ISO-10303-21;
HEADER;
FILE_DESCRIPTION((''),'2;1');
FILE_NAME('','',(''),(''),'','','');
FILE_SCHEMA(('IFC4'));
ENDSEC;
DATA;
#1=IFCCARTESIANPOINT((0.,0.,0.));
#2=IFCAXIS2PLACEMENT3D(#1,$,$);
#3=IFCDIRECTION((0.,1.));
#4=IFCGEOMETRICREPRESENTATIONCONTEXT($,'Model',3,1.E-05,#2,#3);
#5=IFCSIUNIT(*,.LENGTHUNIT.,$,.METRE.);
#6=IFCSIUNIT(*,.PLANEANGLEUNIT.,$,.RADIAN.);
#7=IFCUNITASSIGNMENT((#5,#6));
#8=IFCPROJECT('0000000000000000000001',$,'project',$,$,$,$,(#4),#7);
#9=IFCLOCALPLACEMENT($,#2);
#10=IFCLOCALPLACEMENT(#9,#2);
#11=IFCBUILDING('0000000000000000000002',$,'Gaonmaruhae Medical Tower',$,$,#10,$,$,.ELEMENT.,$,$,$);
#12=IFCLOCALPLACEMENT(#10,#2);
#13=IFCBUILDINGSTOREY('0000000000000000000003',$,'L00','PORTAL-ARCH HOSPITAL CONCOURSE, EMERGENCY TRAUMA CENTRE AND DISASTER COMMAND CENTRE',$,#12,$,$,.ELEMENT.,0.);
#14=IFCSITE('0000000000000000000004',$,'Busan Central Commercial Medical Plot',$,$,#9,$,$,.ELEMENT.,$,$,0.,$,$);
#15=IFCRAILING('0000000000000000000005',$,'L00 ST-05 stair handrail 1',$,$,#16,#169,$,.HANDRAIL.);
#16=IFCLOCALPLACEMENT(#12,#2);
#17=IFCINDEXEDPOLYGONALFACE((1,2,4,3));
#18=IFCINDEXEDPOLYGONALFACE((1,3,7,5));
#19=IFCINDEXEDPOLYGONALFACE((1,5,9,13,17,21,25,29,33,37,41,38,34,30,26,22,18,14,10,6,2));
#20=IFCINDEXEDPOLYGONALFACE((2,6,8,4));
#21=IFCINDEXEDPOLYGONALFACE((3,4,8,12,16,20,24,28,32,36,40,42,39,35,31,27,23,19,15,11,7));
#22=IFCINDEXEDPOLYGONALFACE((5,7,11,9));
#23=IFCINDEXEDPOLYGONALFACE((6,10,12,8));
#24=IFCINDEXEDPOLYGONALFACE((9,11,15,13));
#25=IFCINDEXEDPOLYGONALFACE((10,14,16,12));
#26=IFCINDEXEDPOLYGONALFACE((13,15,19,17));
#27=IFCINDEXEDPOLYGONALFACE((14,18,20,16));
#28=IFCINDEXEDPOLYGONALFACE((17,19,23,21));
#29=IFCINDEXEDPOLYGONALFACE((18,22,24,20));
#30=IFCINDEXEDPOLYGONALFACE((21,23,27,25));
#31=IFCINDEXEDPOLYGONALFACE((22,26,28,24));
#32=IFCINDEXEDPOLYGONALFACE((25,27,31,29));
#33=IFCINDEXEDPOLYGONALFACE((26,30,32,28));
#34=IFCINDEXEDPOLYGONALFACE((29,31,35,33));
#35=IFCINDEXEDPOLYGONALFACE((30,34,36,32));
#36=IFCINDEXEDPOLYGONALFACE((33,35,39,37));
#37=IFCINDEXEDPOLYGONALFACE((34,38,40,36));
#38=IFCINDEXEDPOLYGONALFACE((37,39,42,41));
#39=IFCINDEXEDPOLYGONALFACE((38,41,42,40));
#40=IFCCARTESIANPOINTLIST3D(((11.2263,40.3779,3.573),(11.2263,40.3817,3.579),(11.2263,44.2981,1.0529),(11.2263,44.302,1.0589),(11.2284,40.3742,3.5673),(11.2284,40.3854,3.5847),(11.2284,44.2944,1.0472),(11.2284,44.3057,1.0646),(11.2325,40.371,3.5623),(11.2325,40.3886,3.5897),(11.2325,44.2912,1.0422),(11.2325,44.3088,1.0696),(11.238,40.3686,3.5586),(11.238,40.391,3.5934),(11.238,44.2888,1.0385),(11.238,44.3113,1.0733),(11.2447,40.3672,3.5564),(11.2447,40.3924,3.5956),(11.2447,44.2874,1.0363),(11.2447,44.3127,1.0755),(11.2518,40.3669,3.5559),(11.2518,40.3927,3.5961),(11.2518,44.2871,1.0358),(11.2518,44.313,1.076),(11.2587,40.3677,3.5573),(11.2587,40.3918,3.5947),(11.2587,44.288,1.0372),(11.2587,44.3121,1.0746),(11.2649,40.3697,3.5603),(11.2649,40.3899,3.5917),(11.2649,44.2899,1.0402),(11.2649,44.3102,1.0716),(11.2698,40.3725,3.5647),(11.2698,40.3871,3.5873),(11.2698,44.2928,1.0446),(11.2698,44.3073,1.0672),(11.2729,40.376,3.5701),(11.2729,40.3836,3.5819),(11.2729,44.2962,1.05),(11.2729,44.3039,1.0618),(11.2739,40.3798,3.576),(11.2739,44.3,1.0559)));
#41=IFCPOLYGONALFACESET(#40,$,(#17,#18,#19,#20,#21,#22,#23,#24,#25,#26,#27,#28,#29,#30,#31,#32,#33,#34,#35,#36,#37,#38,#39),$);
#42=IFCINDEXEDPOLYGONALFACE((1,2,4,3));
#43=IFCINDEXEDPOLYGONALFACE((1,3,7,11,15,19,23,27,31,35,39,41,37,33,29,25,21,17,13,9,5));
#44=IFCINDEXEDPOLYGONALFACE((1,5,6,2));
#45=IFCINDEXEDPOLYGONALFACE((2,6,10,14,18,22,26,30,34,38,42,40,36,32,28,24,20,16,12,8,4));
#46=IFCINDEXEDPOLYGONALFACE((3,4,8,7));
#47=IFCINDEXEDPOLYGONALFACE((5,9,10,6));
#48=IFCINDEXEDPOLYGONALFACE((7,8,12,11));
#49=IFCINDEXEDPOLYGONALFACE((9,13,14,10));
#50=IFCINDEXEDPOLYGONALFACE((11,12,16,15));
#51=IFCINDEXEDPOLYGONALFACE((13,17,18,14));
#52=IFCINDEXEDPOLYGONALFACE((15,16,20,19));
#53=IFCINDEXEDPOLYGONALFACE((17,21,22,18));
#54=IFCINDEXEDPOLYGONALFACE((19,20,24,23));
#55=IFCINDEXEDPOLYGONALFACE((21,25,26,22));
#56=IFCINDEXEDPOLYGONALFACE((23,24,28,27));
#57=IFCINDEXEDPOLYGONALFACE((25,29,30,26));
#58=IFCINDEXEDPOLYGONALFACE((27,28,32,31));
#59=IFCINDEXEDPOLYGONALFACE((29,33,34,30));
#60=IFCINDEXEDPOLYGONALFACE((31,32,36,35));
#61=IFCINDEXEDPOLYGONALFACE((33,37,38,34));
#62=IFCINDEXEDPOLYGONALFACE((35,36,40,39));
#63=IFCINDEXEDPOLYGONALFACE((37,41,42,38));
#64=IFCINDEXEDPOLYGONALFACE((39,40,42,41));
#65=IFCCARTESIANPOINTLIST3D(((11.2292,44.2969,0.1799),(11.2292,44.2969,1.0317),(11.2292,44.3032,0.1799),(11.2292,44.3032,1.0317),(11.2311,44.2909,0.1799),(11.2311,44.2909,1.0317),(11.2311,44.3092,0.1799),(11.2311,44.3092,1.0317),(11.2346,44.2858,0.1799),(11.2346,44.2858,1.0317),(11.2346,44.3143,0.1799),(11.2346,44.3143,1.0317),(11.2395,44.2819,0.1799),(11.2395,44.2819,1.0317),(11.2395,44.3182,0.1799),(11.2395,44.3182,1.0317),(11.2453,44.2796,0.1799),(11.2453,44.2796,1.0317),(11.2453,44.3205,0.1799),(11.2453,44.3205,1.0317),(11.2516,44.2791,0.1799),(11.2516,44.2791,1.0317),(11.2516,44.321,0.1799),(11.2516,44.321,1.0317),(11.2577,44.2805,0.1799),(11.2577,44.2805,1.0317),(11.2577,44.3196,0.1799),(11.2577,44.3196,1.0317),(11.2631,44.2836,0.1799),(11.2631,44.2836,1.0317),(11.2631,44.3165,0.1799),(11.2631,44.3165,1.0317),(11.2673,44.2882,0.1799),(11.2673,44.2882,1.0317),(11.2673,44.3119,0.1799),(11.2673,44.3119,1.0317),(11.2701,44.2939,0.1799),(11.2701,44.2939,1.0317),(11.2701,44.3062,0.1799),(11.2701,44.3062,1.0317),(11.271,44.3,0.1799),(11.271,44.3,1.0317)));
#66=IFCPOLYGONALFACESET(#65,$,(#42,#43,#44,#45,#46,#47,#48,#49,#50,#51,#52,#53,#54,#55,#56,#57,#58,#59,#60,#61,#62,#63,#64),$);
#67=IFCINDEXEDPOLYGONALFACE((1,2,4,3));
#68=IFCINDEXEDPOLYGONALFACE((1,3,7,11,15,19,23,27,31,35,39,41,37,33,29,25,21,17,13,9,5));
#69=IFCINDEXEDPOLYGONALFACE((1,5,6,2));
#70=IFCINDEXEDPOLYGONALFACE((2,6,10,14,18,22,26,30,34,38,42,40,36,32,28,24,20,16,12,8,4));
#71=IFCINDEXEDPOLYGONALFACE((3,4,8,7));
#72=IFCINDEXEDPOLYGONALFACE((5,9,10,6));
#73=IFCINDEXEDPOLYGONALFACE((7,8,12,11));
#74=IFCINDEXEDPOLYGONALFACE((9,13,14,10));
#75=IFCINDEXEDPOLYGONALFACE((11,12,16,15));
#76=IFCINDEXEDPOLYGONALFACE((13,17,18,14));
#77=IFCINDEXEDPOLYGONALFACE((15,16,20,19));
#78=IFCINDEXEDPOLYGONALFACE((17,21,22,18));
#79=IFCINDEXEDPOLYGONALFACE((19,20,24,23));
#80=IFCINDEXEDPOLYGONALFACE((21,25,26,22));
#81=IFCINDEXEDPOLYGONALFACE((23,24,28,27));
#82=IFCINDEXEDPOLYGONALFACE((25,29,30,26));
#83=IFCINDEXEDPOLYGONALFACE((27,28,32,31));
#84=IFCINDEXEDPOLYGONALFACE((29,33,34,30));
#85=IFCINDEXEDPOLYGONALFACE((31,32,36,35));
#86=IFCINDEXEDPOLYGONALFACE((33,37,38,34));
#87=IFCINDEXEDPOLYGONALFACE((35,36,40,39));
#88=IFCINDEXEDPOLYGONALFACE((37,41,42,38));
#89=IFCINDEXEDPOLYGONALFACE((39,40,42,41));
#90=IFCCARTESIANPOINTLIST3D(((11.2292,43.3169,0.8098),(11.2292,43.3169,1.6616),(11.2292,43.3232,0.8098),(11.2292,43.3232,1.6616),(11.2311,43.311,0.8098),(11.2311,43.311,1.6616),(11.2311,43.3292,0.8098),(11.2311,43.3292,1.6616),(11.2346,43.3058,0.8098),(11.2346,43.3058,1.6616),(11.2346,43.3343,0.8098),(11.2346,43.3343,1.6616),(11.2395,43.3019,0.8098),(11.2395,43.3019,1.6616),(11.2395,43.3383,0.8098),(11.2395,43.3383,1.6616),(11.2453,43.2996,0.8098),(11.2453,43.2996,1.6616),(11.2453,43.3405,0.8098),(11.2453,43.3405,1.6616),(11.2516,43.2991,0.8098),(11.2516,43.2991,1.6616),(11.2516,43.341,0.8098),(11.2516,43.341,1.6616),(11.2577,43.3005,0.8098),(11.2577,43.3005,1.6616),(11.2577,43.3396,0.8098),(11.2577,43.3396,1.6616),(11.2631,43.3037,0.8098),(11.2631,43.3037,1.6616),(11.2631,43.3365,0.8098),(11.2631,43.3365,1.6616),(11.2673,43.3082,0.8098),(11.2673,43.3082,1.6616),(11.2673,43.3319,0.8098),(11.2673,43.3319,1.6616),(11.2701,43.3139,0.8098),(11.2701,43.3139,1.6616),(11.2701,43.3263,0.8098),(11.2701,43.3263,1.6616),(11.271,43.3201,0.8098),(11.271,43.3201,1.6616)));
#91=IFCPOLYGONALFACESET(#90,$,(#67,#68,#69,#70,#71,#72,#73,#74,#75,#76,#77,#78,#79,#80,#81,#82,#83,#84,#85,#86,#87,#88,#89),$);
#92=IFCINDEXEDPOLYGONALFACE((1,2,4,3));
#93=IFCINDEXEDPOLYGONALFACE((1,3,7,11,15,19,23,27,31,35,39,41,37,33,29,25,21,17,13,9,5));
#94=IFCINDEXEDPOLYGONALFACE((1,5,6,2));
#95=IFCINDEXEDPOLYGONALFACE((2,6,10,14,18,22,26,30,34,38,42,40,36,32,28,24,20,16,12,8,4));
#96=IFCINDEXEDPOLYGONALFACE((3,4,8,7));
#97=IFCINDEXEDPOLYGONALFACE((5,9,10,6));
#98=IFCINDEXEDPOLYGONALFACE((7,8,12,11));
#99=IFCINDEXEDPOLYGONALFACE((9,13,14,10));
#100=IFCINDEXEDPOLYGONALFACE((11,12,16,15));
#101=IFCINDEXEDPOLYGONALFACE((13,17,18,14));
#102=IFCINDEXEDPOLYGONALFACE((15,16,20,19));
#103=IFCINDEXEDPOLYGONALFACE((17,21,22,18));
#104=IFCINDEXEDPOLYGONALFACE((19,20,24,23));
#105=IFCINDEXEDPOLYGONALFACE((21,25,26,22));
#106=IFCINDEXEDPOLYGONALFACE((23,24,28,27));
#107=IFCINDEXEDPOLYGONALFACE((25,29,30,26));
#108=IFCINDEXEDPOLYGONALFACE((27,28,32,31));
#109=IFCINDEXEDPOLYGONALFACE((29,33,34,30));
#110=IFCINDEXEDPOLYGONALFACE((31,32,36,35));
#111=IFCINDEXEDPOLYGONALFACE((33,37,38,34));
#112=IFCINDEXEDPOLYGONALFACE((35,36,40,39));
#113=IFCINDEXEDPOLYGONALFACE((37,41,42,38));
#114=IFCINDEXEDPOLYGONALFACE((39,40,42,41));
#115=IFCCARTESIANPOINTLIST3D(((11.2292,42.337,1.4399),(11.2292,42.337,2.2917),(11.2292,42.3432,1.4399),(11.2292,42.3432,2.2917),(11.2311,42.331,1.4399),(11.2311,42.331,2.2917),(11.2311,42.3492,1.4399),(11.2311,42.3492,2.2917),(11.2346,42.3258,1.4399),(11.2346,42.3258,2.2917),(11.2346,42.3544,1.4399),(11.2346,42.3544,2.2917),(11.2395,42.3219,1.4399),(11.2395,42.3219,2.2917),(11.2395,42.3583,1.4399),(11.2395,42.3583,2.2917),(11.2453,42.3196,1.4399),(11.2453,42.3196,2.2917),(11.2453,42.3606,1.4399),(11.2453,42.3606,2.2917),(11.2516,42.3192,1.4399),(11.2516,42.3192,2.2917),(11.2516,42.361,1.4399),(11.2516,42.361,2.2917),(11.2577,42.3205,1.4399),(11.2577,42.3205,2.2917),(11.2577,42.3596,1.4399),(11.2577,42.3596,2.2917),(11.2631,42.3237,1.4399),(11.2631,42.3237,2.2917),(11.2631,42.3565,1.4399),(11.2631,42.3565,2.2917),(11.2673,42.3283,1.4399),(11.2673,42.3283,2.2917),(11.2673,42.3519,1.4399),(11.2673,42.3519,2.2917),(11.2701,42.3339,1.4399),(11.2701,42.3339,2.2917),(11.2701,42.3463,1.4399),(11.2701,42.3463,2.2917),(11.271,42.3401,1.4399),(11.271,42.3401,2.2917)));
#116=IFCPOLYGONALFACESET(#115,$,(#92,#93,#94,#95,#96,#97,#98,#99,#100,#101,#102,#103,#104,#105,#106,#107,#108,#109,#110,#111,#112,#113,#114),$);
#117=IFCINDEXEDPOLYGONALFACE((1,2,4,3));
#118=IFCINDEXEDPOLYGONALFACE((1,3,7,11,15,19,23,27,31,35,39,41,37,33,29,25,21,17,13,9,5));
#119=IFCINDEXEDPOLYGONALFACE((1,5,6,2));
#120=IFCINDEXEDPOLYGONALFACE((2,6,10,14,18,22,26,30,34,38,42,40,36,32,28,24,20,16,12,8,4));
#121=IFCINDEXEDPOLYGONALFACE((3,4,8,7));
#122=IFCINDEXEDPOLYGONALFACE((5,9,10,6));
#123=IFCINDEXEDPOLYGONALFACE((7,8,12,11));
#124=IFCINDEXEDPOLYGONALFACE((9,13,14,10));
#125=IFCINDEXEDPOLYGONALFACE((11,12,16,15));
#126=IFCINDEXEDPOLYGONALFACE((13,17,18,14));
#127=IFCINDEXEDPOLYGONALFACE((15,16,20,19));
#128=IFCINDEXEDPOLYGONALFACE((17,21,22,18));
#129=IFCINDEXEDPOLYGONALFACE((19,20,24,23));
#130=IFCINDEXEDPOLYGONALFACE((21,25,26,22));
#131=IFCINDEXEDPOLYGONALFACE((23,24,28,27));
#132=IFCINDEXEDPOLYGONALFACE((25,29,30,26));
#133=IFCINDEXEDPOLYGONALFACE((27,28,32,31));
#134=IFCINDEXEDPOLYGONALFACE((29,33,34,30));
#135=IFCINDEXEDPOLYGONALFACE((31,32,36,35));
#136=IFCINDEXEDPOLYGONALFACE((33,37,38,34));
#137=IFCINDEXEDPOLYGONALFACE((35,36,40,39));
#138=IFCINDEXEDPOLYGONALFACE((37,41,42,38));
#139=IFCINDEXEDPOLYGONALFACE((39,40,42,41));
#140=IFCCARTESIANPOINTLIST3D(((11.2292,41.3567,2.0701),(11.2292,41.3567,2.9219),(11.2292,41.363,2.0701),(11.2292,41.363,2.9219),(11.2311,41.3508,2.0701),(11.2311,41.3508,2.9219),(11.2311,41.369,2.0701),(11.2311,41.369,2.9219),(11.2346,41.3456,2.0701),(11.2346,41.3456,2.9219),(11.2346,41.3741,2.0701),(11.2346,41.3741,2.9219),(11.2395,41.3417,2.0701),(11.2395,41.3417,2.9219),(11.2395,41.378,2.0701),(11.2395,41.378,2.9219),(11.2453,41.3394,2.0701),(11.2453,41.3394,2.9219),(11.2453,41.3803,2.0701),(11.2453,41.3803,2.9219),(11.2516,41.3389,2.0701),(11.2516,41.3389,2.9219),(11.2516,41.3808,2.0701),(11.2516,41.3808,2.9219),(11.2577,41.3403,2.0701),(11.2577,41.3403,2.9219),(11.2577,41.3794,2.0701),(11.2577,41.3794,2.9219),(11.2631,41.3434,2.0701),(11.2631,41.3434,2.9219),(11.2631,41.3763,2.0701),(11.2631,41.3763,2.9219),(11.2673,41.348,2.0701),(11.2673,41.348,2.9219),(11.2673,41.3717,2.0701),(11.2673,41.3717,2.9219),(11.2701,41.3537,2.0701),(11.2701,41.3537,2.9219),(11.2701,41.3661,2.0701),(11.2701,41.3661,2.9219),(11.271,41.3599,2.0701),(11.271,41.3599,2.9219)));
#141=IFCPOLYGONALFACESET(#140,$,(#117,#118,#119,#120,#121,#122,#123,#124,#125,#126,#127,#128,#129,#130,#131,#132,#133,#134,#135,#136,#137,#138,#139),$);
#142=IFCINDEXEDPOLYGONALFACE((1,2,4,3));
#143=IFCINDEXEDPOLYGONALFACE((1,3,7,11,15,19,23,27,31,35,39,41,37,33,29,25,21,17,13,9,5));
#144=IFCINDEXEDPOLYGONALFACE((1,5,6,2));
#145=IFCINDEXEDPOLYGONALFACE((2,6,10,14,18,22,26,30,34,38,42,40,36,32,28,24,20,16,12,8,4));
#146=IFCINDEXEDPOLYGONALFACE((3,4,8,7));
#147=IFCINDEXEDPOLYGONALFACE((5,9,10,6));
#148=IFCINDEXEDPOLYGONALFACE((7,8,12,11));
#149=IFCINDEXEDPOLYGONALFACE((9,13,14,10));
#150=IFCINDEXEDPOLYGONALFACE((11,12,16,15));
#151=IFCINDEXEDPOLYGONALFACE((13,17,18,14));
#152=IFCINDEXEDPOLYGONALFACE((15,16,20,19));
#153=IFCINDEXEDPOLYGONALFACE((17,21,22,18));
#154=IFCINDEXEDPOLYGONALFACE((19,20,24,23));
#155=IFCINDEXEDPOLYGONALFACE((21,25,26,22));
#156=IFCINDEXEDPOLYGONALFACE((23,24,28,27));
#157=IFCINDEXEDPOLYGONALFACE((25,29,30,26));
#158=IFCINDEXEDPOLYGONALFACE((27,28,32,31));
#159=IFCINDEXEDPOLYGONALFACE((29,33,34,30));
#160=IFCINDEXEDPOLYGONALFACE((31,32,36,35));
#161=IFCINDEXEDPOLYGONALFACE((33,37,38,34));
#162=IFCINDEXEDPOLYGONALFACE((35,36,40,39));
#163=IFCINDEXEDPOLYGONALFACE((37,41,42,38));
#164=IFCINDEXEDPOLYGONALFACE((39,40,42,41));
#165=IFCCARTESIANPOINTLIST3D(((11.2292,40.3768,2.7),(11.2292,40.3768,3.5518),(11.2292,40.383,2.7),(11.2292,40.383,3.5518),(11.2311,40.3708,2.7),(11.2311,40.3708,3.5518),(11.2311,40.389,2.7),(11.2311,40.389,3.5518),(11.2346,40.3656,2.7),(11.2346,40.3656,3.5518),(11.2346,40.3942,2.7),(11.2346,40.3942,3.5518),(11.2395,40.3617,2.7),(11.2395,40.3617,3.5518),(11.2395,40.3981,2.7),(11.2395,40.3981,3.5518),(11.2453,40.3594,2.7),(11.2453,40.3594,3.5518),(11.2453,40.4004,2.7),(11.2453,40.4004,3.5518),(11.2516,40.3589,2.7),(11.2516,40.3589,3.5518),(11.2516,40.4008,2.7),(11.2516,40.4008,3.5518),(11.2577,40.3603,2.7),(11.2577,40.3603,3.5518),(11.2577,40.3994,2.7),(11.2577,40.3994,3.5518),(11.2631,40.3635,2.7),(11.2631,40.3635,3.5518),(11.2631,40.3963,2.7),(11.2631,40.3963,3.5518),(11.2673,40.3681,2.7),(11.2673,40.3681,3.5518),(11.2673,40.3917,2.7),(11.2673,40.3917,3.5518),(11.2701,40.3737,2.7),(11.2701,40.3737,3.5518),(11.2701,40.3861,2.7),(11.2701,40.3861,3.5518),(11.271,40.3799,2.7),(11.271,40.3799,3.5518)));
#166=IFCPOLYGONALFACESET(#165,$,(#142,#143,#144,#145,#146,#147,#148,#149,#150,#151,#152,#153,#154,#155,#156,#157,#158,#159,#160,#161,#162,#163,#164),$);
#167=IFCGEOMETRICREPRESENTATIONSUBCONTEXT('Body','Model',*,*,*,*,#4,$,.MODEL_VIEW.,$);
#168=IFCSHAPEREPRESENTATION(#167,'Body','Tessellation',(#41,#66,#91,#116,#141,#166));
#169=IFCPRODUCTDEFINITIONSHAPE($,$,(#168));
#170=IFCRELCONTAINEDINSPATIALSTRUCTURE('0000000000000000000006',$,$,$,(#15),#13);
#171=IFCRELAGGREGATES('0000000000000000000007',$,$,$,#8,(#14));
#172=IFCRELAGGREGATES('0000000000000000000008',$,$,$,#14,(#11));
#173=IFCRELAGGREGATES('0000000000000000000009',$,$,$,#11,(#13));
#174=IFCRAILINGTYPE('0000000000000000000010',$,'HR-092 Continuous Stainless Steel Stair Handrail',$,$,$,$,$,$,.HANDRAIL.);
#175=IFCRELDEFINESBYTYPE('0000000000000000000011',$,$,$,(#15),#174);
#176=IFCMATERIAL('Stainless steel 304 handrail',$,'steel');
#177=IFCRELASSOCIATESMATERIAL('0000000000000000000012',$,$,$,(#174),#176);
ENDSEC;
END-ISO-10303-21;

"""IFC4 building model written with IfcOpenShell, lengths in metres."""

from ifc_helpers import new_model, si_unit, direction, frame, origin, origin_2d, place, context, subcontext, project, spatial, circle, extrude, material, type_object, element, save


model = new_model("IFC4")

# Units and contexts
model_context = context("Model", 3, precision=1e-05, world=origin(), true_north=direction((0.0, 1.0)))
body_context = subcontext(model_context, "Body", "Model", "MODEL_VIEW")
ifc_project = project(units=[si_unit("LENGTHUNIT", "METRE"), si_unit("PLANEANGLEUNIT", "RADIAN")], contexts=[model_context])

# Site, building, storey
site_placement = place(None, origin())
site = spatial("IfcSite", under=ifc_project, at=site_placement, Name="Busan Central Commercial Medical Plot", CompositionType="ELEMENT", RefElevation=0.0)
building_placement = place(site_placement, origin())
building = spatial("IfcBuilding", under=site, at=building_placement, Name="Gaonmaruhae Medical Tower", CompositionType="ELEMENT")
storey_placement = place(building_placement, origin())
storey = spatial("IfcBuildingStorey", under=building, at=storey_placement, Name="L00", Description="PORTAL-ARCH HOSPITAL CONCOURSE, EMERGENCY TRAUMA CENTRE AND DISASTER COMMAND CENTRE", CompositionType="ELEMENT", Elevation=0.0)

# Railing
ifc_material_1 = material(Name="Stainless steel 304 handrail", Category="steel")
railing_type_1 = type_object("IfcRailingType", Name="HR-092 Continuous Stainless Steel Stair Handrail", PredefinedType="HANDRAIL", material=ifc_material_1)
railing_1_placement = place(storey_placement, frame((11.25, 44.3, 0.1799)))
element("IfcRailing", 1, at=railing_1_placement, inside=storey, type_object=railing_type_1, Name="L00 ST-05 stair handrail 1", PredefinedType="HANDRAIL", context=body_context, shape_type="SweptSolid", body=[
    extrude(circle(Radius=0.0239, at=origin_2d()), frame((0.0, 0.0, 0.876), z_axis=(0.0, -0.841187, 0.540744), x_axis=(1.0, 0.0, 0.0)), (0.0, 0.0, 1.0), 4.6604),
    extrude(circle(Radius=0.021, at=origin_2d()), origin(), (0.0, 0.0, 1.0), 0.8518),
    extrude(circle(Radius=0.021, at=origin_2d()), frame((0.0, -0.98, 0.6299)), (0.0, 0.0, 1.0), 0.8518),
    extrude(circle(Radius=0.021, at=origin_2d()), frame((0.0, -1.96, 1.26)), (0.0, 0.0, 1.0), 0.8518),
    extrude(circle(Radius=0.021, at=origin_2d()), frame((0.0, -2.9402, 1.8901)), (0.0, 0.0, 1.0), 0.8518),
    extrude(circle(Radius=0.021, at=origin_2d()), frame((0.0, -3.9202, 2.52)), (0.0, 0.0, 1.0), 0.8518),
])

save(model, "model.ifc")
